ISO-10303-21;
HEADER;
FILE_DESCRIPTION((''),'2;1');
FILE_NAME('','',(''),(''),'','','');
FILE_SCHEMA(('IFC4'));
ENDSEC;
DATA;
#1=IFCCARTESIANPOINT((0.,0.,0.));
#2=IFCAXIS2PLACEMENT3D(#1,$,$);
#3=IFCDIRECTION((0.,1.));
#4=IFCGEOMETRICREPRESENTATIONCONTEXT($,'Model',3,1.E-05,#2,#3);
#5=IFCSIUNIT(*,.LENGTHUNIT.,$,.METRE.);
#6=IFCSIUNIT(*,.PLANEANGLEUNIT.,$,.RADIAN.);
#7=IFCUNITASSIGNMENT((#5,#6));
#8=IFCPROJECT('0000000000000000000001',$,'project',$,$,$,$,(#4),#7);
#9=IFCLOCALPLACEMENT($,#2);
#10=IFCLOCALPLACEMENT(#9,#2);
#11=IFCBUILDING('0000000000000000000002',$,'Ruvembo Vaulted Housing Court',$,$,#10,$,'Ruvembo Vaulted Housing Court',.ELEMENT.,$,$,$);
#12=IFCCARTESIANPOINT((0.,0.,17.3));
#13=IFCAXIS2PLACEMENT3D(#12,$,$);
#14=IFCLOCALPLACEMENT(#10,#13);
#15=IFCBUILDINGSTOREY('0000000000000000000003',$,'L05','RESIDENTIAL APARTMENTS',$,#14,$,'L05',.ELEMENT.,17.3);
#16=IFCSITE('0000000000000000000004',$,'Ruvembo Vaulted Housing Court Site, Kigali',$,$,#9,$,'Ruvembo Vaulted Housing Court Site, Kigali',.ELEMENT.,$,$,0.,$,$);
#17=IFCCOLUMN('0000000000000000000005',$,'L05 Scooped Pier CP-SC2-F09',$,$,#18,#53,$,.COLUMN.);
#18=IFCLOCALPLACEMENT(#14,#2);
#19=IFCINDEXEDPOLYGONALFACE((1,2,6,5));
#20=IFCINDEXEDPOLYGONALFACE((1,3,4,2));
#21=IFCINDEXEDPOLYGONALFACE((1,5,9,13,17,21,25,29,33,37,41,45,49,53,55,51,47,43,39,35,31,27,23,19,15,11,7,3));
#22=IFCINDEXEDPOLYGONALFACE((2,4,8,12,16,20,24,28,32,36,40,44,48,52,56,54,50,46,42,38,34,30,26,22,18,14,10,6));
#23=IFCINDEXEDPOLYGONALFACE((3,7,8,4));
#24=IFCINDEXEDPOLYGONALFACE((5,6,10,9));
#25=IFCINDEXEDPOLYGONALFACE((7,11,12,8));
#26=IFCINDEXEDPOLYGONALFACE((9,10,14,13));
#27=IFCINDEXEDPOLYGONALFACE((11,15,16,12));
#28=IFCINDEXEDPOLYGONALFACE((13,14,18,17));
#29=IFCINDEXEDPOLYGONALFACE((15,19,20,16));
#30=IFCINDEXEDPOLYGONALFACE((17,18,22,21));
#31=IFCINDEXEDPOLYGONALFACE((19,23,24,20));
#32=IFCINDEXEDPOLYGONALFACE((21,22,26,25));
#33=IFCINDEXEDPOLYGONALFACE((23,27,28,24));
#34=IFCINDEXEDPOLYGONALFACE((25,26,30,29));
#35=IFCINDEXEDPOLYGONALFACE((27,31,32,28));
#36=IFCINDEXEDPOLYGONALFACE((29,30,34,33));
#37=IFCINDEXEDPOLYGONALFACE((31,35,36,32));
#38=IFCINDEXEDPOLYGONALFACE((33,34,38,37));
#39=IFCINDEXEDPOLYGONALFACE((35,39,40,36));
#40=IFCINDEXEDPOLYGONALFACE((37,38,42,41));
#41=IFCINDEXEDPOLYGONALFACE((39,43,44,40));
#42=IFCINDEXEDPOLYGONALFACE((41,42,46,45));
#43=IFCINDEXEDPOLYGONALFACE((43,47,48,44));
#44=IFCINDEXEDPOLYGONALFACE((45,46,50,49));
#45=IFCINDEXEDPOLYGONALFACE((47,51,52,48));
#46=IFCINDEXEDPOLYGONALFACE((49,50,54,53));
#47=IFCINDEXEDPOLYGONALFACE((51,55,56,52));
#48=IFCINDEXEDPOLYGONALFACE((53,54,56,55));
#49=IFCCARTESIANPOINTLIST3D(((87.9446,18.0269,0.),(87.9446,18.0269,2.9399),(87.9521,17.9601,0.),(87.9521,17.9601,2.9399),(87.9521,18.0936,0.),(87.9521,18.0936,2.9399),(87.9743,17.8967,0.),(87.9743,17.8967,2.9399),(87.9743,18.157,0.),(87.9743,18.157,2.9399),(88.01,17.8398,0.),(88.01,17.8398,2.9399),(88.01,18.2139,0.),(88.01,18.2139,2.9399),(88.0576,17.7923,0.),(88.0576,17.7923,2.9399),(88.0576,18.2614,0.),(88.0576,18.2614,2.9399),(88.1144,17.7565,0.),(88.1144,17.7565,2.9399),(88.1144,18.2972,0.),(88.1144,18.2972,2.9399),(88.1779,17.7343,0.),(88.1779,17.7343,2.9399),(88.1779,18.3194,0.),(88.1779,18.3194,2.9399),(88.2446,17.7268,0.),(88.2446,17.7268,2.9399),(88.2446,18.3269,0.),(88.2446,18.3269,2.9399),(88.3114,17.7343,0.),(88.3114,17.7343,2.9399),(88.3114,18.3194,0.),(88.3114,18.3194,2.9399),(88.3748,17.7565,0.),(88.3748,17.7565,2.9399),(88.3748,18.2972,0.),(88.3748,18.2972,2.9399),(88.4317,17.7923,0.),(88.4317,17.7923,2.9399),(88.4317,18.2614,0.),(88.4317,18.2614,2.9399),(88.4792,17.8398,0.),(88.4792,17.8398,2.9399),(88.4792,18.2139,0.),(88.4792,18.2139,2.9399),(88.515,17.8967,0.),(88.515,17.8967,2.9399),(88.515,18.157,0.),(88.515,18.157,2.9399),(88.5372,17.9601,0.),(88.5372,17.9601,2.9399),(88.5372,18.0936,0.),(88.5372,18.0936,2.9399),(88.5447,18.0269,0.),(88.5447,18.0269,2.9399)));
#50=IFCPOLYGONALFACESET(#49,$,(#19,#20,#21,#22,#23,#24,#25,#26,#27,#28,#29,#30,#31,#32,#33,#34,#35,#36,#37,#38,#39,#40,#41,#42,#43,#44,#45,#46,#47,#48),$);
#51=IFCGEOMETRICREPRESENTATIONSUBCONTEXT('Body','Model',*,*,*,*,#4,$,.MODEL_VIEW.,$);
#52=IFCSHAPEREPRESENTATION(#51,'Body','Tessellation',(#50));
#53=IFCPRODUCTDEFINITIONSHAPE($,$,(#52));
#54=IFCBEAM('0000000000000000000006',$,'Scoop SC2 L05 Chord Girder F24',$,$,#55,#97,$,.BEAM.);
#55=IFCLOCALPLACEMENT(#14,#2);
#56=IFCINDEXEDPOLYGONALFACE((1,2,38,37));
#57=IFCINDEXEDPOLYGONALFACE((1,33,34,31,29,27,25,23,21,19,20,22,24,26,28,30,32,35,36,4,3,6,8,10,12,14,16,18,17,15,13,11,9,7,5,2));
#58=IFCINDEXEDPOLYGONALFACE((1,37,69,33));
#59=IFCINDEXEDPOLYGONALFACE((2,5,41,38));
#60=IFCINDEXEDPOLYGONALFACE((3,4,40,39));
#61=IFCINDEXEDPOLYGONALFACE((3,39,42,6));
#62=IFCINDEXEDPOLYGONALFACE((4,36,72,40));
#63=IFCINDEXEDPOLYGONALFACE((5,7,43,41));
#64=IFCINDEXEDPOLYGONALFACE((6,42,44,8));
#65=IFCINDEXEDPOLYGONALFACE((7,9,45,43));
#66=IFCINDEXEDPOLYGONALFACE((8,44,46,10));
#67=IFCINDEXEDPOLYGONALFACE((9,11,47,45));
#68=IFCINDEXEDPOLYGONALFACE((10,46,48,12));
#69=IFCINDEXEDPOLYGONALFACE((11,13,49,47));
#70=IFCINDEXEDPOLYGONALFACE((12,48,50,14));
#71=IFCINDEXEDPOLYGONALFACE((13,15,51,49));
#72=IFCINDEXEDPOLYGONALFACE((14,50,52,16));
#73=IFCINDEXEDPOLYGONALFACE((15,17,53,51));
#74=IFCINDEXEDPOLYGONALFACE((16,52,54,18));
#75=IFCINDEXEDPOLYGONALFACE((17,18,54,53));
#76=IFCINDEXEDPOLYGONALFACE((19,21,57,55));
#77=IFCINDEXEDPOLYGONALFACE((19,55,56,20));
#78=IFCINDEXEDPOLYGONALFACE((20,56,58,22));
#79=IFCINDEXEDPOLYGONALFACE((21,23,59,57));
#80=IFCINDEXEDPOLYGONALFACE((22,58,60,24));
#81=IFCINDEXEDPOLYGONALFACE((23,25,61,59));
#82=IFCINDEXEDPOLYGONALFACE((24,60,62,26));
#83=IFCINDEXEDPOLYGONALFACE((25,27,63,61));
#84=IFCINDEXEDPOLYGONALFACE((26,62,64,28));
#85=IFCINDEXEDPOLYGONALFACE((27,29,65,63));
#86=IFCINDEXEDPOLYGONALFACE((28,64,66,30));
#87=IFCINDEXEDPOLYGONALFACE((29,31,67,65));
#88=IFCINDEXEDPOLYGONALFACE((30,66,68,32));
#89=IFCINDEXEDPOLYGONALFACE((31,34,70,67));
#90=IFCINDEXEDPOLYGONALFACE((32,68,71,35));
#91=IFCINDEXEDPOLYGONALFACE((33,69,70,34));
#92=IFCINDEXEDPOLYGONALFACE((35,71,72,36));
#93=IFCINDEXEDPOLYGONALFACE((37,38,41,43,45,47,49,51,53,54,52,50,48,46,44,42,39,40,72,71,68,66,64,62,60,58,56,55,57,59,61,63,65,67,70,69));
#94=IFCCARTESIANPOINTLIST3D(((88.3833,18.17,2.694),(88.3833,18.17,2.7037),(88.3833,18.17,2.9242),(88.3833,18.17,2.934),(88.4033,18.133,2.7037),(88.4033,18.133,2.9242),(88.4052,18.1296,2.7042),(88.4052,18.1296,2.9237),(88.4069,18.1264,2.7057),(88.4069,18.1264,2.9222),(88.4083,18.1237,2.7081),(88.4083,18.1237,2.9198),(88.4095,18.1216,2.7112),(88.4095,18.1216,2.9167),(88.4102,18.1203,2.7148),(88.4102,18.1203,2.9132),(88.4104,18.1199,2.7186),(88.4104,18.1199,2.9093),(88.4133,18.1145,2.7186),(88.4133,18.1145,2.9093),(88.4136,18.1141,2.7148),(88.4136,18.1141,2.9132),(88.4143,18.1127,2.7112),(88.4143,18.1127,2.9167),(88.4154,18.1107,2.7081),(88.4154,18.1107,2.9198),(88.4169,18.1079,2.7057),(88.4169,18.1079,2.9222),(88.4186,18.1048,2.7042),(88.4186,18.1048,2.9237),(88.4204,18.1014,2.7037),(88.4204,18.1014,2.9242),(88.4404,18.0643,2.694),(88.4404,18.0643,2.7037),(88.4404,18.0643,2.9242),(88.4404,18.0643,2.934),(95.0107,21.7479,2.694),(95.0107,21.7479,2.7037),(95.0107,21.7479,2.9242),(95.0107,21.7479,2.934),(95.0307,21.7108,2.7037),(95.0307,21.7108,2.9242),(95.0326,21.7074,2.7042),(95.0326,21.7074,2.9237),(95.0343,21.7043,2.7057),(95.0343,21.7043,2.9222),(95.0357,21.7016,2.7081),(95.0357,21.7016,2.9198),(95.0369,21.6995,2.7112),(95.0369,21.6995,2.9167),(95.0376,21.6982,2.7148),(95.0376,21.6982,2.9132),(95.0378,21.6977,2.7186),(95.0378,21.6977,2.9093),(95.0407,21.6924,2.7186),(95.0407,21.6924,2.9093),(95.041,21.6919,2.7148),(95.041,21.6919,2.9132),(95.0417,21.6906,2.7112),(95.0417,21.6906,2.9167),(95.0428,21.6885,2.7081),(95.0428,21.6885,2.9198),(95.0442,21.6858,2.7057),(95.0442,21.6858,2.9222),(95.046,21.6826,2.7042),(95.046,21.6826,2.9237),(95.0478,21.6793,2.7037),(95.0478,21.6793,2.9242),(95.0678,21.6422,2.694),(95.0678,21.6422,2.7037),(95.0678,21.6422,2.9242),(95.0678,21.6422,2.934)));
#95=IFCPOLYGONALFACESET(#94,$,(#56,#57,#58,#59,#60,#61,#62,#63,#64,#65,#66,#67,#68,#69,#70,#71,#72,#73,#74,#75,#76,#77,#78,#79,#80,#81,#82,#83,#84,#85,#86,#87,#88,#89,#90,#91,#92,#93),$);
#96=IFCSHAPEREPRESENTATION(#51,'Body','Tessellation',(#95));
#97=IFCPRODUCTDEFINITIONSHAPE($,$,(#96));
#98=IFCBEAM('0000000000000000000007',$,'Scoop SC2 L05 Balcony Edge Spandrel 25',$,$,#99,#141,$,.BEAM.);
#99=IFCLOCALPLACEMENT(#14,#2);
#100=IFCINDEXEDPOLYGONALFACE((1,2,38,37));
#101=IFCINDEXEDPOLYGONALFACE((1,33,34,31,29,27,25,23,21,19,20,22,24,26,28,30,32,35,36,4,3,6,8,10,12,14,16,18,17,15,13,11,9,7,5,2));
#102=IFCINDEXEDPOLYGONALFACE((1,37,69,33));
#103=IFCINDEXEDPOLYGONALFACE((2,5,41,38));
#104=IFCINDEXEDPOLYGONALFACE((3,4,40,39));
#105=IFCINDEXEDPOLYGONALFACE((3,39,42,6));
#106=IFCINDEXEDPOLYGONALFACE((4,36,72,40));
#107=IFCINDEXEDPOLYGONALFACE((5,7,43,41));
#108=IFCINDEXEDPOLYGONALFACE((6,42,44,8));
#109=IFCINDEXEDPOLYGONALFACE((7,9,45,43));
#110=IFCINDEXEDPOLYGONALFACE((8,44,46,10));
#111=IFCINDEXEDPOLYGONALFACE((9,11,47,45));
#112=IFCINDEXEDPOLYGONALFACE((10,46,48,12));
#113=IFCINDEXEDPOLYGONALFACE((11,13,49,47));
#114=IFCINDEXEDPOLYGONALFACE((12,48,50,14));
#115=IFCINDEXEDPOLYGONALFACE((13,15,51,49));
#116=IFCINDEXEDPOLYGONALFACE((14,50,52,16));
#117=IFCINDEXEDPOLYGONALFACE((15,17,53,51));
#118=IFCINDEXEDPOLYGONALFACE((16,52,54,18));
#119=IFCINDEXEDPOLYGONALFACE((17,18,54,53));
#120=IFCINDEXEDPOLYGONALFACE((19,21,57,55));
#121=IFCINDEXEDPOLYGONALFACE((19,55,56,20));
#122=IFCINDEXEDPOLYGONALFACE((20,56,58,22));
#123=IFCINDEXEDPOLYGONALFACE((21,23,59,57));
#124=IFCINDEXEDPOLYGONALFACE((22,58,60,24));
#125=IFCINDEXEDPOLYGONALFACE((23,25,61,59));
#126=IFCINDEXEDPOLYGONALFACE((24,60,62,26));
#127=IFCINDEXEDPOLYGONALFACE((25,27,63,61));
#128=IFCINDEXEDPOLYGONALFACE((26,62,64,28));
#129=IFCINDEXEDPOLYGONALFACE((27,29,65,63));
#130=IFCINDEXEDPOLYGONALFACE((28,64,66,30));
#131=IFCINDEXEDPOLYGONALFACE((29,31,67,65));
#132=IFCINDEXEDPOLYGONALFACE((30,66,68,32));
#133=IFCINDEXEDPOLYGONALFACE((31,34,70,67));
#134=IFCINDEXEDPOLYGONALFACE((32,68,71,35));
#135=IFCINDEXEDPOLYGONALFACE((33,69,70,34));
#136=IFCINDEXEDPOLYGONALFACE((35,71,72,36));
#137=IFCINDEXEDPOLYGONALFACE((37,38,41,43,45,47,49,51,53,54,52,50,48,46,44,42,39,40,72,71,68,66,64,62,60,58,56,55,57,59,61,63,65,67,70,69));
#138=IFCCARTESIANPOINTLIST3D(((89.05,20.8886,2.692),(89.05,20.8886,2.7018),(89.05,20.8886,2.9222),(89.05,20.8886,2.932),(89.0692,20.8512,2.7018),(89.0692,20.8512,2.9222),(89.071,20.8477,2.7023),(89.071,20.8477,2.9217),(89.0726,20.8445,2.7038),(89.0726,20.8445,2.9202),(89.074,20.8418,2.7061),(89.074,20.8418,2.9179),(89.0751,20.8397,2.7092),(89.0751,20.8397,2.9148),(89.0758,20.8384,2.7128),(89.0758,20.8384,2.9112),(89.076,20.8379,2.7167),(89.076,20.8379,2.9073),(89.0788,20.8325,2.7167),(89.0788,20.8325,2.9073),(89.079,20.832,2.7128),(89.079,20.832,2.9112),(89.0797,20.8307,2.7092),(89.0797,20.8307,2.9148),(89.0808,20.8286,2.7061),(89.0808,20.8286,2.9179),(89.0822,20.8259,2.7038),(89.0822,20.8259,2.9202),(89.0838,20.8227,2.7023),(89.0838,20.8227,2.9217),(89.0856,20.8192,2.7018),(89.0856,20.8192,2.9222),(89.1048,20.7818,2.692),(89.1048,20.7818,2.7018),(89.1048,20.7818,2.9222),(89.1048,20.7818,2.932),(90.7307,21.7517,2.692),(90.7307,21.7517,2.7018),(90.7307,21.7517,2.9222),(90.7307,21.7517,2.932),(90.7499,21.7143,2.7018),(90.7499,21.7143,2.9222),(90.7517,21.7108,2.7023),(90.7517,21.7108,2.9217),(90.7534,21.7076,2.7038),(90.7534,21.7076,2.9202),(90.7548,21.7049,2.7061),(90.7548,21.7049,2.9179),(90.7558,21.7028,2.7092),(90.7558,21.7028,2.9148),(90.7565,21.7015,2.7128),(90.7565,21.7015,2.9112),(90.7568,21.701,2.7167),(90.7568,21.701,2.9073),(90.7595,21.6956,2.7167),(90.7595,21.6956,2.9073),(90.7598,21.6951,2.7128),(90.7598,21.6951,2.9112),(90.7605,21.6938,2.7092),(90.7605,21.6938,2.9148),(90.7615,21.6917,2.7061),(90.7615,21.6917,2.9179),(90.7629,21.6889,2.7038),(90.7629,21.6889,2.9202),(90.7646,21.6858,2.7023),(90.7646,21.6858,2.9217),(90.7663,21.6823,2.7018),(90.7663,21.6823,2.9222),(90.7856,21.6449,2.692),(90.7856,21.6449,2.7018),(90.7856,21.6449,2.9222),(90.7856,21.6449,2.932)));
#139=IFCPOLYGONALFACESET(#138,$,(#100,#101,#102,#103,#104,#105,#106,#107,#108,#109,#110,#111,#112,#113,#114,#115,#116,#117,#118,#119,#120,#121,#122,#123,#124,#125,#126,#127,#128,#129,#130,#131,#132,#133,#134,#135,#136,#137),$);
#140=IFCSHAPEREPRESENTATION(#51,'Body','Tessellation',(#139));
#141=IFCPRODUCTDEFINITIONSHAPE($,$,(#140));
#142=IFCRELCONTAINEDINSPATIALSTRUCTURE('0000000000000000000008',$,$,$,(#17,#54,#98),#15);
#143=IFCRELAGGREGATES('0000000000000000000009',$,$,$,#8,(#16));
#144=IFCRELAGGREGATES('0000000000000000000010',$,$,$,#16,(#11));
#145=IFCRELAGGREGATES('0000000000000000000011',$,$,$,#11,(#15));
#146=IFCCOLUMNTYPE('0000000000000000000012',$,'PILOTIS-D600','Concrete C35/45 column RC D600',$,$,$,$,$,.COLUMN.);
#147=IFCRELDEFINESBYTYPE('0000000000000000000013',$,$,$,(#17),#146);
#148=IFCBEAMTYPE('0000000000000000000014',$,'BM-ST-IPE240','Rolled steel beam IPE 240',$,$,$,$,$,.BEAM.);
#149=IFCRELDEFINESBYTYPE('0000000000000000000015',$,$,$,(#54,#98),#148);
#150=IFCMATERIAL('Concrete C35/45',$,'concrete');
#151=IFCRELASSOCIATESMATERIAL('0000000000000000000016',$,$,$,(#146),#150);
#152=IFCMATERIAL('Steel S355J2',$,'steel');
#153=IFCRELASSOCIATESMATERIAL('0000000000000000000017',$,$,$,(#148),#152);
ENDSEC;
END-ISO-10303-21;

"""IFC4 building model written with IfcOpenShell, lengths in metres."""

from ifc_helpers import new_model, si_unit, direction, frame, origin, origin_2d, place, context, subcontext, project, spatial, circle, i_section, extrude, material, material_profile, profile_set, type_object, element, save


model = new_model("IFC4")

# Units and contexts
model_context = context("Model", 3, precision=1e-05, world=origin(), true_north=direction((0.0, 1.0)))
body_context = subcontext(model_context, "Body", "Model", "MODEL_VIEW")
ifc_project = project(units=[si_unit("LENGTHUNIT", "METRE"), si_unit("PLANEANGLEUNIT", "RADIAN")], contexts=[model_context])

# Site, building, storey
site_placement = place(None, origin())
site = spatial("IfcSite", under=ifc_project, at=site_placement, Name="Ruvembo Vaulted Housing Court Site, Kigali", LongName="Ruvembo Vaulted Housing Court Site, Kigali", CompositionType="ELEMENT", RefElevation=0.0)
building_placement = place(site_placement, origin())
building = spatial("IfcBuilding", under=site, at=building_placement, Name="Ruvembo Vaulted Housing Court", LongName="Ruvembo Vaulted Housing Court", CompositionType="ELEMENT")
storey_placement = place(building_placement, frame((0.0, 0.0, 17.3)))
storey = spatial("IfcBuildingStorey", under=building, at=storey_placement, Name="L05", Description="RESIDENTIAL APARTMENTS", LongName="L05", CompositionType="ELEMENT", Elevation=17.3)

# Column
ifc_material_1 = material(Name="Concrete C35/45", Category="concrete")
ifc_material_profile_1 = material_profile(ifc_material_1, circle(Radius=0.3, at=origin_2d()), Name="RC D600")
ifc_profile_set_1 = profile_set([ifc_material_profile_1], Name="Concrete C35/45")
column_type = type_object("IfcColumnType", Name="PILOTIS-D600", Description="Concrete C35/45 column RC D600", PredefinedType="COLUMN", material=ifc_profile_set_1)
column_placement = place(storey_placement, frame((88.2446, 18.0269, 0.0), z_axis=(0.0, 0.0, 1.0), x_axis=(1.0, 0.0, 0.0)))
element("IfcColumn", 1, at=column_placement, inside=storey, type_object=column_type, Name="L05 Scooped Pier CP-SC2-F09", PredefinedType="COLUMN", context=body_context, shape_type="SweptSolid", body=[
    extrude(circle(Radius=0.3, at=origin_2d()), origin(), (0.0, 0.0, 1.0), 2.9399),
])

# Beams
ifc_material_2 = material(Name="Steel S355J2", Category="steel")
ifc_material_profile_2 = material_profile(ifc_material_2, i_section(OverallWidth=0.1201, OverallDepth=0.24, WebThickness=0.0061, FlangeThickness=0.0098, FilletRadius=0.0149, at=origin_2d()), Name="IPE 240")
ifc_profile_set_2 = profile_set([ifc_material_profile_2], Name="Steel S355J2")
beam_type = type_object("IfcBeamType", Name="BM-ST-IPE240", Description="Rolled steel beam IPE 240", PredefinedType="BEAM", material=ifc_profile_set_2)
beam_1_placement = place(storey_placement, frame((88.4119, 18.1172, 2.814), z_axis=(0.879957, 0.475053, 0.0), x_axis=(-0.475053, 0.879957, 0.0)))
element("IfcBeam", 2, at=beam_1_placement, inside=storey, type_object=beam_type, Name="Scoop SC2 L05 Chord Girder F24", PredefinedType="BEAM", context=body_context, shape_type="SweptSolid", body=[
    extrude(i_section(OverallWidth=0.1201, OverallDepth=0.24, WebThickness=0.0061, FlangeThickness=0.0098, FilletRadius=0.0149, at=origin_2d()), origin(), (0.0, 0.0, 1.0), 7.5315),
])
beam_2_placement = place(storey_placement, frame((89.0774, 20.8352, 2.812), z_axis=(0.889568, 0.456802, 0.0), x_axis=(-0.456802, 0.889568, 0.0)))
element("IfcBeam", 3, at=beam_2_placement, inside=storey, type_object=beam_type, Name="Scoop SC2 L05 Balcony Edge Spandrel 25", PredefinedType="BEAM", context=body_context, shape_type="SweptSolid", body=[
    extrude(i_section(OverallWidth=0.1201, OverallDepth=0.24, WebThickness=0.0061, FlangeThickness=0.0098, FilletRadius=0.0149, at=origin_2d()), origin(), (0.0, 0.0, 1.0), 1.8894),
])

save(model, "model.ifc")
